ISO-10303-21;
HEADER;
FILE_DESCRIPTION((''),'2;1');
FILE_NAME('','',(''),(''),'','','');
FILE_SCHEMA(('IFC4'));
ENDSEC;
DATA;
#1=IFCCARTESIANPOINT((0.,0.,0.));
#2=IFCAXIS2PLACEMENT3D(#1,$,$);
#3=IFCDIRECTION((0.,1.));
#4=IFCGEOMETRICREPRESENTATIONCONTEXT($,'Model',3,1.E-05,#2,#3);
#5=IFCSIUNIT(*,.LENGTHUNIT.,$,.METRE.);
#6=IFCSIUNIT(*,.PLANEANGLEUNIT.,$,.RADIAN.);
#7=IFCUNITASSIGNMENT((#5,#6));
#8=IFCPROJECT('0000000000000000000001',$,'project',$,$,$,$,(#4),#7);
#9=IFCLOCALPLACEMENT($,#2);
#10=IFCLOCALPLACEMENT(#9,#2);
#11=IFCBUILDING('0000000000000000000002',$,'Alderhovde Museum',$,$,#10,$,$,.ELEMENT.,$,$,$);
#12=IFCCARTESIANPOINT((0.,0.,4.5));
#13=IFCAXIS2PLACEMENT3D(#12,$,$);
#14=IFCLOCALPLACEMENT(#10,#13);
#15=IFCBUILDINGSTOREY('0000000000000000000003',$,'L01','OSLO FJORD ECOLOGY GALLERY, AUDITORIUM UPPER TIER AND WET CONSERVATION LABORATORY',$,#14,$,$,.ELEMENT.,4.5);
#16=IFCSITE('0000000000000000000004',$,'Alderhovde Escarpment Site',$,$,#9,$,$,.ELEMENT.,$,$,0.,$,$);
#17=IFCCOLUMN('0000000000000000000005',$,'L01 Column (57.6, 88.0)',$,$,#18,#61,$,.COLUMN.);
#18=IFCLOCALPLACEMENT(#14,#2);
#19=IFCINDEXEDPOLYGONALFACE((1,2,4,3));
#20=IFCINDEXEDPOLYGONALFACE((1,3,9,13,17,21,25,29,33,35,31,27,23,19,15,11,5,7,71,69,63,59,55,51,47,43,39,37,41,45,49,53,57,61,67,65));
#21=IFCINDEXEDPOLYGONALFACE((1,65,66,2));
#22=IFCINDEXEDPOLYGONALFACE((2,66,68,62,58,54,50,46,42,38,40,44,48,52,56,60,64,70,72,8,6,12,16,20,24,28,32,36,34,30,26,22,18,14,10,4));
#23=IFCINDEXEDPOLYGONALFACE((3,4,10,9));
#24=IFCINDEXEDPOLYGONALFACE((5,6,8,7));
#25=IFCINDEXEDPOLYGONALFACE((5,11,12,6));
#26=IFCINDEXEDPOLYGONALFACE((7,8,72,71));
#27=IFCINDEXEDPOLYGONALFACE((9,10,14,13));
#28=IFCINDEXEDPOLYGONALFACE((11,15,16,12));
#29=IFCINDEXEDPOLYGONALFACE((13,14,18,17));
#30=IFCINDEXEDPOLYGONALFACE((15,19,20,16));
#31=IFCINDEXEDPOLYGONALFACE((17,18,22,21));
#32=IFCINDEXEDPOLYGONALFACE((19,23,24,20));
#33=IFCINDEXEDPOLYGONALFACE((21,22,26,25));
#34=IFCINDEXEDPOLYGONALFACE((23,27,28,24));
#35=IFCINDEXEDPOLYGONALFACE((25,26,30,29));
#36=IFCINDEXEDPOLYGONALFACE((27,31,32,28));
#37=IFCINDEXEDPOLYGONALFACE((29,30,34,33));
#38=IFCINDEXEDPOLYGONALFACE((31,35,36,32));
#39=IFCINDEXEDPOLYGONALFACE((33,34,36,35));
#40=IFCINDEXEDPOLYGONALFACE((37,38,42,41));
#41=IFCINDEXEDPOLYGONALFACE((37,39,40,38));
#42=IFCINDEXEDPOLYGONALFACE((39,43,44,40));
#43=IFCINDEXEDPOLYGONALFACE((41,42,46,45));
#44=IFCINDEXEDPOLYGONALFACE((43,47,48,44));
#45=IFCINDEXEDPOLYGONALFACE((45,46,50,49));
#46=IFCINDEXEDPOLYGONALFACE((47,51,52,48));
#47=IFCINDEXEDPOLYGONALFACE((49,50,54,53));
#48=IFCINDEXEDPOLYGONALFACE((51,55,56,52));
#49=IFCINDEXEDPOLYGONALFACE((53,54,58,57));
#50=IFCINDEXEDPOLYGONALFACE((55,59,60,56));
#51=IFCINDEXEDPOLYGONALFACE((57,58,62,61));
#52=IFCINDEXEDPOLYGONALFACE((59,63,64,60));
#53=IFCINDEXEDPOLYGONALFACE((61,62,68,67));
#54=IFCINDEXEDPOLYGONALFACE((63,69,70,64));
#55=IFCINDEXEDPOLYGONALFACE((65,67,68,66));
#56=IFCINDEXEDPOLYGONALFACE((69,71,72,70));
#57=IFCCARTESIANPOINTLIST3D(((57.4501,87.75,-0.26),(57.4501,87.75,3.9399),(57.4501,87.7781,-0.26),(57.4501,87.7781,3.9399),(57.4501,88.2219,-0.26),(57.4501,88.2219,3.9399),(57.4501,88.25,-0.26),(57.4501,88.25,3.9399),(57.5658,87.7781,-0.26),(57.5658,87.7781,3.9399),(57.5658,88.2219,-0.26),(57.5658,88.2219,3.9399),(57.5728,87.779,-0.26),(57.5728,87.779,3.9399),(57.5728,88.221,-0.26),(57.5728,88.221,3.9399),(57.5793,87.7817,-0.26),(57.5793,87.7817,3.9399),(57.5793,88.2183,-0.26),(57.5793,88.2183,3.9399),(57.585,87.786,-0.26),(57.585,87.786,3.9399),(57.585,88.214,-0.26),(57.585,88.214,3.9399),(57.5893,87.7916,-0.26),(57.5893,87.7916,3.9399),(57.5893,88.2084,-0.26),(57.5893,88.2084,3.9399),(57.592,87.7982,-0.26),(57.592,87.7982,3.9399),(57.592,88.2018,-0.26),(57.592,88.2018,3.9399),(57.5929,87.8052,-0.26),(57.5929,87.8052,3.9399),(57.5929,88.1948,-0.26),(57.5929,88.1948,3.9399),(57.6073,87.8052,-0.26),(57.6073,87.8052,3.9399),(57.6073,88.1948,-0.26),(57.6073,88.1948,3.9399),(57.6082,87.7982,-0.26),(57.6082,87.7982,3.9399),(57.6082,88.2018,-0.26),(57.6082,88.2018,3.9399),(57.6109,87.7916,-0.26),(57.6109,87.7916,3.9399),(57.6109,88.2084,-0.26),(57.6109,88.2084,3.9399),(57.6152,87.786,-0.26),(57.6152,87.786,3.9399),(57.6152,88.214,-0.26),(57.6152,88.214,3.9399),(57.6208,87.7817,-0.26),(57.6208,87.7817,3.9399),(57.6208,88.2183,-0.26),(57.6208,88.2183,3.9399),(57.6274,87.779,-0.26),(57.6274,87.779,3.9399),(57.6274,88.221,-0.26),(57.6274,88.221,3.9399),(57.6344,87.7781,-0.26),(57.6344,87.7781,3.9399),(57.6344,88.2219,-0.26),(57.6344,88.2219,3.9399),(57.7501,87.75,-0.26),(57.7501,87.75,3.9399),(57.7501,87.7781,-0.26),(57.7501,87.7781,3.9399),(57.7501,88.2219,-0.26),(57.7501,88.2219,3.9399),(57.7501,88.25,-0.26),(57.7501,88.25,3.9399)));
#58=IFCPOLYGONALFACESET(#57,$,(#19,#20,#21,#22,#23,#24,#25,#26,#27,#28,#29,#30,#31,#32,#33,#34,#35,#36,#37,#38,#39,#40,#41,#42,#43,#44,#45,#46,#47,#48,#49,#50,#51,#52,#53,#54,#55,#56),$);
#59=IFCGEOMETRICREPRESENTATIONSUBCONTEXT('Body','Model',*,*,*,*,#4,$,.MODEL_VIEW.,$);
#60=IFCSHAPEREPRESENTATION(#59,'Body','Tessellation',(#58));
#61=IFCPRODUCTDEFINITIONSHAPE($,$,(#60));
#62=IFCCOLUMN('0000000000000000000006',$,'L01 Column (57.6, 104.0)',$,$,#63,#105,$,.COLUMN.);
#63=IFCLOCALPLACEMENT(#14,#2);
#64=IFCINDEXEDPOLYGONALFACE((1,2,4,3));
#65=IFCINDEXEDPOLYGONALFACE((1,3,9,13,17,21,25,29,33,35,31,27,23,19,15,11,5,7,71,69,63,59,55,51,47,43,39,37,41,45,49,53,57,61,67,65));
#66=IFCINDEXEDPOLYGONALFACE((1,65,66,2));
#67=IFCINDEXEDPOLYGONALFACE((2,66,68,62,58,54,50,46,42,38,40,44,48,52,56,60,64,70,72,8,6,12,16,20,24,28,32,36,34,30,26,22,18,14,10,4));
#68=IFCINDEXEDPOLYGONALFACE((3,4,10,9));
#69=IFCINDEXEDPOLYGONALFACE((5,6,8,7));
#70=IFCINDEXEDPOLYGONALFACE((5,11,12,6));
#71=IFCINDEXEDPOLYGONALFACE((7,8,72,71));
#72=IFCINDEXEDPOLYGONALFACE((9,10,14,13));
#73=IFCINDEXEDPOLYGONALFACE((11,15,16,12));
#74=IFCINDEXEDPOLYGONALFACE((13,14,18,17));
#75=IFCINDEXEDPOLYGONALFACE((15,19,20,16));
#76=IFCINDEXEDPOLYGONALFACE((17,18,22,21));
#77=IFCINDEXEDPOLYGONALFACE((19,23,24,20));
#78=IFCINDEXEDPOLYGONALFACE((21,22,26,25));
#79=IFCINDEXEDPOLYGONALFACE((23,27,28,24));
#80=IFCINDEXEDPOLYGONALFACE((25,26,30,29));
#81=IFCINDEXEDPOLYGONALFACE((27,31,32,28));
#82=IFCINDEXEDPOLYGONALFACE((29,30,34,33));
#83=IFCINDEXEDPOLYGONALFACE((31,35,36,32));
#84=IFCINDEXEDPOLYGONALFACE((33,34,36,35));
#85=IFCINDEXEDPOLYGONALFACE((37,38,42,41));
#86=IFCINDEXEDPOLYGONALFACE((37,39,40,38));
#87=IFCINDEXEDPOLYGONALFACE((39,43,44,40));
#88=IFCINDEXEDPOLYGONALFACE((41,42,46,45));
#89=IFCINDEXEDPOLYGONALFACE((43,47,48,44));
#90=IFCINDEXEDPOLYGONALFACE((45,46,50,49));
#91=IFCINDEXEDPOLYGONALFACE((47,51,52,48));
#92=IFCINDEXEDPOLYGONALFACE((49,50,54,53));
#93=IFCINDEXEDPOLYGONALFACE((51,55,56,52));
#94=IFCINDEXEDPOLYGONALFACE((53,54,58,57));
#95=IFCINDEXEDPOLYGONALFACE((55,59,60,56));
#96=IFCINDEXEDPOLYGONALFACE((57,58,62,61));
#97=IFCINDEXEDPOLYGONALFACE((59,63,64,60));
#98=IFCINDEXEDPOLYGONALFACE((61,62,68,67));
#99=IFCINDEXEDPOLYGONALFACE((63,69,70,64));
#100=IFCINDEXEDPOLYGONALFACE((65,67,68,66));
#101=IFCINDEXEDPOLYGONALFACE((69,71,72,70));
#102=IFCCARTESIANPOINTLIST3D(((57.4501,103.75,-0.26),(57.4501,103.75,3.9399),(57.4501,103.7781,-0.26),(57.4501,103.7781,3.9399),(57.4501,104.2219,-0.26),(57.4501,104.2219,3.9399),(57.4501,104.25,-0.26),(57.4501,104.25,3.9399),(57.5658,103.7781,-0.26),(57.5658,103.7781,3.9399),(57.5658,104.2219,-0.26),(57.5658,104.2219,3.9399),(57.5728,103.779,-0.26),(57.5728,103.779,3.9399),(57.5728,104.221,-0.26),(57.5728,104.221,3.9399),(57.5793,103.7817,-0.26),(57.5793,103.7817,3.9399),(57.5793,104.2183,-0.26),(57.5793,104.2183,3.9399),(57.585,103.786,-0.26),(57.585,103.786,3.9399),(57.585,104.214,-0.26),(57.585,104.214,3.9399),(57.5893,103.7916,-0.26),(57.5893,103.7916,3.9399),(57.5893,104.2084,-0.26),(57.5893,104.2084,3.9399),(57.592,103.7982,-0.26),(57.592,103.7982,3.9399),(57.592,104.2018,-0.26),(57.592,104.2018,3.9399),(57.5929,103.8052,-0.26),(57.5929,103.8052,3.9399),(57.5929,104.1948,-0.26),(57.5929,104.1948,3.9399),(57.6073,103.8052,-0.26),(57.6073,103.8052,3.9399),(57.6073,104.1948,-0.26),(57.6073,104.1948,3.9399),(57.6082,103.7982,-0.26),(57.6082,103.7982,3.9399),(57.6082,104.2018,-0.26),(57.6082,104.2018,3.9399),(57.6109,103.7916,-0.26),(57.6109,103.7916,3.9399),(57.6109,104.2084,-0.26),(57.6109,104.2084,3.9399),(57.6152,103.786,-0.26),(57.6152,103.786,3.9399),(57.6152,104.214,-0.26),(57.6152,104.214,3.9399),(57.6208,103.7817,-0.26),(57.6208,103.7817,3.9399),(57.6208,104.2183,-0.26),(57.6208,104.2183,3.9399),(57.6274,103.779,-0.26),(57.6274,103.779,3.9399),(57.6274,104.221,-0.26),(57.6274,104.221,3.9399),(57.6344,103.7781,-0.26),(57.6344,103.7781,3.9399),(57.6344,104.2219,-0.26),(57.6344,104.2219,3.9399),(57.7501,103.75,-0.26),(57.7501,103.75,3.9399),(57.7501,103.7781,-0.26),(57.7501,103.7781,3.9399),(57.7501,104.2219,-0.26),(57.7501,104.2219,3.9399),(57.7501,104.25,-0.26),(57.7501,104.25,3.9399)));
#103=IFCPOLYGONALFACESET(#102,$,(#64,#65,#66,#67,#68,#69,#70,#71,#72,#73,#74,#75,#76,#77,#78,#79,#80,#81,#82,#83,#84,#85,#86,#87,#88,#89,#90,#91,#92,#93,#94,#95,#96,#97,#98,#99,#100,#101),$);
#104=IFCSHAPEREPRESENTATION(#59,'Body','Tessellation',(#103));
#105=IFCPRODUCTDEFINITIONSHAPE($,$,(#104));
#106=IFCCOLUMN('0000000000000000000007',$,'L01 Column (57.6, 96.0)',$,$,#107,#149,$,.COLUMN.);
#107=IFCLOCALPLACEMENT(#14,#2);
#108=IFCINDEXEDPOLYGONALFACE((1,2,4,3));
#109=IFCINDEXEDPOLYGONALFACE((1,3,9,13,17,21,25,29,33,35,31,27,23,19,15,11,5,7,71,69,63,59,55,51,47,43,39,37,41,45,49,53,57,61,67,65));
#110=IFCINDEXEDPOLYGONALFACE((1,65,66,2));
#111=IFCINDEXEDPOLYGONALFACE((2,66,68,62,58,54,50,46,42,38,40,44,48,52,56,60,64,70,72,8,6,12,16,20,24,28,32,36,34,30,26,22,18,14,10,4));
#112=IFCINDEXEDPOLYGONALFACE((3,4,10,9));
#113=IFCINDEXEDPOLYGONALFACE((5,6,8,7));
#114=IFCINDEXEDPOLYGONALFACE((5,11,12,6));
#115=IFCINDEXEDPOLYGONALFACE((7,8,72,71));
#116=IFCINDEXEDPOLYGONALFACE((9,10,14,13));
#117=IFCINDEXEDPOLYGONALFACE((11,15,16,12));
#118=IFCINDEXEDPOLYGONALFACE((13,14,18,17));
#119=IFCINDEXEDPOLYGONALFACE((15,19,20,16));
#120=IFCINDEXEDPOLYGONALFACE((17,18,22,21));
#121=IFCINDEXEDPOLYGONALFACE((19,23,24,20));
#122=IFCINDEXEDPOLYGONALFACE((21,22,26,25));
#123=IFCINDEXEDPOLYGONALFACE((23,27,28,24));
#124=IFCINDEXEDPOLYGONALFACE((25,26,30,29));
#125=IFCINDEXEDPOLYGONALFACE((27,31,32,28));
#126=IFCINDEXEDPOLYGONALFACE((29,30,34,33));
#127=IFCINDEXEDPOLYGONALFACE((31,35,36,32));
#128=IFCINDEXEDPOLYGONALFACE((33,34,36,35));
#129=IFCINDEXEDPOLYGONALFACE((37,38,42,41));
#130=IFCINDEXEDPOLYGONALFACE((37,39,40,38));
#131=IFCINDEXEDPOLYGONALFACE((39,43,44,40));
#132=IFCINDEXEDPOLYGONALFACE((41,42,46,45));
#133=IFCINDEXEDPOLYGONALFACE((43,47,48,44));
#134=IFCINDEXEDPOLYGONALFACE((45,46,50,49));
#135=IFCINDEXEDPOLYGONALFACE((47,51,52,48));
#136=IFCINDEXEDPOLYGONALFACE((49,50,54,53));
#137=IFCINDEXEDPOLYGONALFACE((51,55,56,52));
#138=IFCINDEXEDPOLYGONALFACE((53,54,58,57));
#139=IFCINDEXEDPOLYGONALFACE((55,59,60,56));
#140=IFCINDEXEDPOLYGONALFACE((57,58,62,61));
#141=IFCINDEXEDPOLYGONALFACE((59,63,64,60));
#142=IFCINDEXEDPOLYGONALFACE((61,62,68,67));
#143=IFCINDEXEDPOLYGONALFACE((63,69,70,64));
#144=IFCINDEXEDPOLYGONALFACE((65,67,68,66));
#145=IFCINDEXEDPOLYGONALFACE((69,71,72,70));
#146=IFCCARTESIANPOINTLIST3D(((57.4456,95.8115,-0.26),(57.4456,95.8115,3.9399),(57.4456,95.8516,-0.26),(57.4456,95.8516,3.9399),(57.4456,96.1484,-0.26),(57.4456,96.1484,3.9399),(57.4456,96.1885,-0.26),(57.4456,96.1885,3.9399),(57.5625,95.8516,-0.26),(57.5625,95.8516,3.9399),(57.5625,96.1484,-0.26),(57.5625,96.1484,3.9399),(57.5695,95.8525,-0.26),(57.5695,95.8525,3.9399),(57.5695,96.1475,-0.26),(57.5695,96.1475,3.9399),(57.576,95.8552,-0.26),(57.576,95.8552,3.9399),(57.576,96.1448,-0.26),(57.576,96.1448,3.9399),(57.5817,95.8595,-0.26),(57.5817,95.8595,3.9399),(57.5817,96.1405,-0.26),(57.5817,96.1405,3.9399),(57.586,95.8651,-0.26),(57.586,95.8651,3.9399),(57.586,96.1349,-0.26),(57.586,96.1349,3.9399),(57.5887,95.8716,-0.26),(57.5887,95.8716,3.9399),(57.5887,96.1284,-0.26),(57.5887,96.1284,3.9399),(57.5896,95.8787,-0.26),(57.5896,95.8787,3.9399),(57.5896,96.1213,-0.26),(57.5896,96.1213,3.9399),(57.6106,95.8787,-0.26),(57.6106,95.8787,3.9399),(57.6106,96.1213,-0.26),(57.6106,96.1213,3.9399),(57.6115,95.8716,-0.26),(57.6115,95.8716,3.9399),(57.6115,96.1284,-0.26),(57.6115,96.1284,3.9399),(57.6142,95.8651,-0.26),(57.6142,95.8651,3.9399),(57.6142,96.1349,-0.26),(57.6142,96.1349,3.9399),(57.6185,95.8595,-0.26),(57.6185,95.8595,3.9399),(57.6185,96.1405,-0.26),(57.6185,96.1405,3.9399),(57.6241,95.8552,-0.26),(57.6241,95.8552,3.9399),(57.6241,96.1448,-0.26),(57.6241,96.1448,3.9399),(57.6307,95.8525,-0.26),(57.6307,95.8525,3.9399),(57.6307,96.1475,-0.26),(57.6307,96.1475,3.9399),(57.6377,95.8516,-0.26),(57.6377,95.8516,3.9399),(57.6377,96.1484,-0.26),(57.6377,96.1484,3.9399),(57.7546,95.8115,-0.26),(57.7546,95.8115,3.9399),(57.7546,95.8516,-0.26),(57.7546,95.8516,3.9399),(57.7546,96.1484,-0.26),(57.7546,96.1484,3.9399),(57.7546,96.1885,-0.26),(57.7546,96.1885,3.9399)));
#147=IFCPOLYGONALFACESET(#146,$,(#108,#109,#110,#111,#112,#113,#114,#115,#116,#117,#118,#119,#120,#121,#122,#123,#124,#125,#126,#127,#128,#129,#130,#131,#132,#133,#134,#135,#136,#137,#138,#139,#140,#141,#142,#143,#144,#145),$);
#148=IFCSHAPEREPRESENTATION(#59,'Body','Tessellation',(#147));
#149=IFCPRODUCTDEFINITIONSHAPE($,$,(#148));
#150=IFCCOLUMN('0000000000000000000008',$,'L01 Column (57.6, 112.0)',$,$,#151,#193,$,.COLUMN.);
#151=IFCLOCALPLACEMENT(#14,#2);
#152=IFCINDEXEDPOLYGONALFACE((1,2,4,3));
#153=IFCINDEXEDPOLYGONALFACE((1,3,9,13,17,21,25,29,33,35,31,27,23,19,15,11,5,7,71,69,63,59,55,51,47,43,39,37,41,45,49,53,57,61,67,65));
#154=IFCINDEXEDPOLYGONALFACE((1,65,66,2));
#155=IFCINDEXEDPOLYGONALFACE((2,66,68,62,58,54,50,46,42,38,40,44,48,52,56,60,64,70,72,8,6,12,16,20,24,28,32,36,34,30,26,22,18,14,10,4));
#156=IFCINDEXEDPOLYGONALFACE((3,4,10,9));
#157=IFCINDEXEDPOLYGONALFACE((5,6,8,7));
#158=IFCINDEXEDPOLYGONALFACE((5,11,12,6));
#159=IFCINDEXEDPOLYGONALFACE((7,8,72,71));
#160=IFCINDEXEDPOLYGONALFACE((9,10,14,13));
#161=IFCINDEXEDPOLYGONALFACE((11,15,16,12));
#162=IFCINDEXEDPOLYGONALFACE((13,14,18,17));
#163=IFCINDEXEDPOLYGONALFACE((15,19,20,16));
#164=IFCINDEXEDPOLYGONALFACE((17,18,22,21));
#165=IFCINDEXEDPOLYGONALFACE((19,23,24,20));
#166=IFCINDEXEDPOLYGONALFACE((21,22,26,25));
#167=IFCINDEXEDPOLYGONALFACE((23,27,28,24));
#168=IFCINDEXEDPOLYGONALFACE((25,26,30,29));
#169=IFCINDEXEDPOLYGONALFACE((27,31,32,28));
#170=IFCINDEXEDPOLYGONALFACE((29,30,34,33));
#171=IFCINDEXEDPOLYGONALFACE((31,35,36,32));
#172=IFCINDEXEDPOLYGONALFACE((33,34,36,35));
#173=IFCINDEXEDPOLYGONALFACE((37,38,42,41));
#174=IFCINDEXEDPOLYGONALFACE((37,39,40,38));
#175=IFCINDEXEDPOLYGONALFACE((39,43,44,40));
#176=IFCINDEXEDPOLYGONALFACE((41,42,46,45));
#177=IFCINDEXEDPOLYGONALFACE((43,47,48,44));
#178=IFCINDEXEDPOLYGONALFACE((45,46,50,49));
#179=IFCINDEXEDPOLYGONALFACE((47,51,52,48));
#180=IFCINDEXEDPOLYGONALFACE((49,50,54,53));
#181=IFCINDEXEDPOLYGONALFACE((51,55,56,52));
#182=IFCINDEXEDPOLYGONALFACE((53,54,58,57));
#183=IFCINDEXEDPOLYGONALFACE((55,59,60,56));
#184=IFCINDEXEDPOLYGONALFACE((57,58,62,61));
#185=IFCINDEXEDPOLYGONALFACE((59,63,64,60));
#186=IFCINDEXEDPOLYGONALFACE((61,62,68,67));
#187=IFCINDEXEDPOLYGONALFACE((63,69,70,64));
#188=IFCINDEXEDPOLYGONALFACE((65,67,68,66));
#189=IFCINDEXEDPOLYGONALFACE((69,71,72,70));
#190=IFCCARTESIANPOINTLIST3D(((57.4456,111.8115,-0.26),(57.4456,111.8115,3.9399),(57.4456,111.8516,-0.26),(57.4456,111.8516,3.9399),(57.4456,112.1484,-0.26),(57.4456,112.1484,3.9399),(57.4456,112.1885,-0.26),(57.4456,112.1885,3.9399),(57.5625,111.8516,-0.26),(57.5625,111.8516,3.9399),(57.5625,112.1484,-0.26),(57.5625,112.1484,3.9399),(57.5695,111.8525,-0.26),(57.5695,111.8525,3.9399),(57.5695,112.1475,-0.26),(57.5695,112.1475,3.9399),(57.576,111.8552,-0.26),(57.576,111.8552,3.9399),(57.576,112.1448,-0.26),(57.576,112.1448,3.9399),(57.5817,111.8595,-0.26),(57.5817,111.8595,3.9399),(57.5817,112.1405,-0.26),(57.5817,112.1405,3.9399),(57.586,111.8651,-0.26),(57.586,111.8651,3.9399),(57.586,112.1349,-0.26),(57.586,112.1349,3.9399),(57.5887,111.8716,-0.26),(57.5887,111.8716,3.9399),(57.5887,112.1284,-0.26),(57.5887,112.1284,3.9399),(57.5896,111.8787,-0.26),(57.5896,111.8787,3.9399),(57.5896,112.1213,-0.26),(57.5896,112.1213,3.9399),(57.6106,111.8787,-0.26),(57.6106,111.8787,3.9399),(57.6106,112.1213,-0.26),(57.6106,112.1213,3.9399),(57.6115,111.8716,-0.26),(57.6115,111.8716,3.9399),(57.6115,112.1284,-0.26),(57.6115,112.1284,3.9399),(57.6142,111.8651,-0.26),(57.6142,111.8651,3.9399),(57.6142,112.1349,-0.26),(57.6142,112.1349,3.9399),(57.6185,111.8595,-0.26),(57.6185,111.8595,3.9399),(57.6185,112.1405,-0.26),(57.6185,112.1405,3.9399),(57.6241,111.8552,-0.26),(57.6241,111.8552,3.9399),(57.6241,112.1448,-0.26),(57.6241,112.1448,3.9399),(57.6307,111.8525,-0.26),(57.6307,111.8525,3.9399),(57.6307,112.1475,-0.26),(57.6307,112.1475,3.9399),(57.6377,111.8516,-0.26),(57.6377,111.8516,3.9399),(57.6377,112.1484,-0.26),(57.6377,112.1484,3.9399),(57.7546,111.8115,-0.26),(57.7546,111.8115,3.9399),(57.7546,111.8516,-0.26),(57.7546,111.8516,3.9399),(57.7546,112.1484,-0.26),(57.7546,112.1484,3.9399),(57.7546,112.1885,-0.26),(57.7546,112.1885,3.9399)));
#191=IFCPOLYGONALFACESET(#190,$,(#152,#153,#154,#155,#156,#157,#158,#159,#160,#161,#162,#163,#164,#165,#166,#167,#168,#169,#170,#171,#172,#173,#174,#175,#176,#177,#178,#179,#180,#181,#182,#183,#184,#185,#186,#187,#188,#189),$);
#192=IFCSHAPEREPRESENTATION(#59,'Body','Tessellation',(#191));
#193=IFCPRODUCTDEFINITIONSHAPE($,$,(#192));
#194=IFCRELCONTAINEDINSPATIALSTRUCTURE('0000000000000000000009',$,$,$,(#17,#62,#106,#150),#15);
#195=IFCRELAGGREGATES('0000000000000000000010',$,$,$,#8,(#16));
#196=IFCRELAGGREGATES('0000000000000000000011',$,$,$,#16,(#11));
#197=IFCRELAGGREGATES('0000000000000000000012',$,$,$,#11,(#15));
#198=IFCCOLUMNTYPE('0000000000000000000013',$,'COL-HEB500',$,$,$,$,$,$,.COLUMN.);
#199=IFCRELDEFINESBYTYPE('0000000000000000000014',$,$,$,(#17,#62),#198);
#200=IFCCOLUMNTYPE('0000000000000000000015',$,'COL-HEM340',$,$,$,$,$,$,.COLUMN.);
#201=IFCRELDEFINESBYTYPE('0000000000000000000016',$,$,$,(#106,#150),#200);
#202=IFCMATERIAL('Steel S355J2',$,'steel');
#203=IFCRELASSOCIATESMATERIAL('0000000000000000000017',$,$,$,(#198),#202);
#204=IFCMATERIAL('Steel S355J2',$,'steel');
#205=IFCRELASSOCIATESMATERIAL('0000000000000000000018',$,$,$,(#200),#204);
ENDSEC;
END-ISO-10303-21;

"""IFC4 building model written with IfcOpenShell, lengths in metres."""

from ifc_helpers import new_model, si_unit, direction, frame, origin, origin_2d, place, context, subcontext, project, spatial, i_section, extrude, material, material_profile, profile_set, type_object, element, save


model = new_model("IFC4")

# Units and contexts
model_context = context("Model", 3, precision=1e-05, world=origin(), true_north=direction((0.0, 1.0)))
body_context = subcontext(model_context, "Body", "Model", "MODEL_VIEW")
ifc_project = project(units=[si_unit("LENGTHUNIT", "METRE"), si_unit("PLANEANGLEUNIT", "RADIAN")], contexts=[model_context])

# Site, building, storey
site_placement = place(None, origin())
site = spatial("IfcSite", under=ifc_project, at=site_placement, Name="Alderhovde Escarpment Site", CompositionType="ELEMENT", RefElevation=0.0)
building_placement = place(site_placement, origin())
building = spatial("IfcBuilding", under=site, at=building_placement, Name="Alderhovde Museum", CompositionType="ELEMENT")
storey_placement = place(building_placement, frame((0.0, 0.0, 4.5)))
storey = spatial("IfcBuildingStorey", under=building, at=storey_placement, Name="L01", Description="OSLO FJORD ECOLOGY GALLERY, AUDITORIUM UPPER TIER AND WET CONSERVATION LABORATORY", CompositionType="ELEMENT", Elevation=4.5)

# Columns
ifc_material_1 = material(Name="Steel S355J2", Category="steel")
ifc_material_profile_1 = material_profile(ifc_material_1, i_section(OverallWidth=0.3, OverallDepth=0.5, WebThickness=0.0144, FlangeThickness=0.0281, FilletRadius=0.0271, at=origin_2d()), Name="HEB 500")
ifc_profile_set_1 = profile_set([ifc_material_profile_1], Name="Steel S355J2")
column_type_1 = type_object("IfcColumnType", Name="COL-HEB500", PredefinedType="COLUMN", material=ifc_profile_set_1)
for number, where, z_axis, x_axis, name in (
    (1, (57.6001, 88.0, -0.26), (0.0, 0.0, 1.0), (1.0, 0.0, 0.0), "L01 Column (57.6, 88.0)"),
    (2, (57.6001, 104.0, -0.26), (0.0, 0.0, 1.0), (1.0, 0.0, 0.0), "L01 Column (57.6, 104.0)"),
):
    element("IfcColumn", number, at=place(storey_placement, frame(where, z_axis=z_axis, x_axis=x_axis)), inside=storey, type_object=column_type_1, Name=name, PredefinedType="COLUMN", context=body_context, shape_type="SweptSolid", body=[
        extrude(i_section(OverallWidth=0.3, OverallDepth=0.5, WebThickness=0.0144, FlangeThickness=0.0281, FilletRadius=0.0271, at=origin_2d()), origin(), (0.0, 0.0, 1.0), 4.2),
    ])
ifc_material_2 = material(Name="Steel S355J2", Category="steel")
ifc_material_profile_2 = material_profile(ifc_material_2, i_section(OverallWidth=0.3091, OverallDepth=0.377, WebThickness=0.021, FlangeThickness=0.04, FilletRadius=0.0271, at=origin_2d()), Name="HEM 340")
ifc_profile_set_2 = profile_set([ifc_material_profile_2], Name="Steel S355J2")
column_type_2 = type_object("IfcColumnType", Name="COL-HEM340", PredefinedType="COLUMN", material=ifc_profile_set_2)
for number, where, z_axis, x_axis, name in (
    (3, (57.6001, 96.0, -0.26), (0.0, 0.0, 1.0), (1.0, 0.0, 0.0), "L01 Column (57.6, 96.0)"),
    (4, (57.6001, 112.0, -0.26), (0.0, 0.0, 1.0), (1.0, 0.0, 0.0), "L01 Column (57.6, 112.0)"),
):
    element("IfcColumn", number, at=place(storey_placement, frame(where, z_axis=z_axis, x_axis=x_axis)), inside=storey, type_object=column_type_2, Name=name, PredefinedType="COLUMN", context=body_context, shape_type="SweptSolid", body=[
        extrude(i_section(OverallWidth=0.3091, OverallDepth=0.377, WebThickness=0.021, FlangeThickness=0.04, FilletRadius=0.0271, at=origin_2d()), origin(), (0.0, 0.0, 1.0), 4.2),
    ])

save(model, "model.ifc")
